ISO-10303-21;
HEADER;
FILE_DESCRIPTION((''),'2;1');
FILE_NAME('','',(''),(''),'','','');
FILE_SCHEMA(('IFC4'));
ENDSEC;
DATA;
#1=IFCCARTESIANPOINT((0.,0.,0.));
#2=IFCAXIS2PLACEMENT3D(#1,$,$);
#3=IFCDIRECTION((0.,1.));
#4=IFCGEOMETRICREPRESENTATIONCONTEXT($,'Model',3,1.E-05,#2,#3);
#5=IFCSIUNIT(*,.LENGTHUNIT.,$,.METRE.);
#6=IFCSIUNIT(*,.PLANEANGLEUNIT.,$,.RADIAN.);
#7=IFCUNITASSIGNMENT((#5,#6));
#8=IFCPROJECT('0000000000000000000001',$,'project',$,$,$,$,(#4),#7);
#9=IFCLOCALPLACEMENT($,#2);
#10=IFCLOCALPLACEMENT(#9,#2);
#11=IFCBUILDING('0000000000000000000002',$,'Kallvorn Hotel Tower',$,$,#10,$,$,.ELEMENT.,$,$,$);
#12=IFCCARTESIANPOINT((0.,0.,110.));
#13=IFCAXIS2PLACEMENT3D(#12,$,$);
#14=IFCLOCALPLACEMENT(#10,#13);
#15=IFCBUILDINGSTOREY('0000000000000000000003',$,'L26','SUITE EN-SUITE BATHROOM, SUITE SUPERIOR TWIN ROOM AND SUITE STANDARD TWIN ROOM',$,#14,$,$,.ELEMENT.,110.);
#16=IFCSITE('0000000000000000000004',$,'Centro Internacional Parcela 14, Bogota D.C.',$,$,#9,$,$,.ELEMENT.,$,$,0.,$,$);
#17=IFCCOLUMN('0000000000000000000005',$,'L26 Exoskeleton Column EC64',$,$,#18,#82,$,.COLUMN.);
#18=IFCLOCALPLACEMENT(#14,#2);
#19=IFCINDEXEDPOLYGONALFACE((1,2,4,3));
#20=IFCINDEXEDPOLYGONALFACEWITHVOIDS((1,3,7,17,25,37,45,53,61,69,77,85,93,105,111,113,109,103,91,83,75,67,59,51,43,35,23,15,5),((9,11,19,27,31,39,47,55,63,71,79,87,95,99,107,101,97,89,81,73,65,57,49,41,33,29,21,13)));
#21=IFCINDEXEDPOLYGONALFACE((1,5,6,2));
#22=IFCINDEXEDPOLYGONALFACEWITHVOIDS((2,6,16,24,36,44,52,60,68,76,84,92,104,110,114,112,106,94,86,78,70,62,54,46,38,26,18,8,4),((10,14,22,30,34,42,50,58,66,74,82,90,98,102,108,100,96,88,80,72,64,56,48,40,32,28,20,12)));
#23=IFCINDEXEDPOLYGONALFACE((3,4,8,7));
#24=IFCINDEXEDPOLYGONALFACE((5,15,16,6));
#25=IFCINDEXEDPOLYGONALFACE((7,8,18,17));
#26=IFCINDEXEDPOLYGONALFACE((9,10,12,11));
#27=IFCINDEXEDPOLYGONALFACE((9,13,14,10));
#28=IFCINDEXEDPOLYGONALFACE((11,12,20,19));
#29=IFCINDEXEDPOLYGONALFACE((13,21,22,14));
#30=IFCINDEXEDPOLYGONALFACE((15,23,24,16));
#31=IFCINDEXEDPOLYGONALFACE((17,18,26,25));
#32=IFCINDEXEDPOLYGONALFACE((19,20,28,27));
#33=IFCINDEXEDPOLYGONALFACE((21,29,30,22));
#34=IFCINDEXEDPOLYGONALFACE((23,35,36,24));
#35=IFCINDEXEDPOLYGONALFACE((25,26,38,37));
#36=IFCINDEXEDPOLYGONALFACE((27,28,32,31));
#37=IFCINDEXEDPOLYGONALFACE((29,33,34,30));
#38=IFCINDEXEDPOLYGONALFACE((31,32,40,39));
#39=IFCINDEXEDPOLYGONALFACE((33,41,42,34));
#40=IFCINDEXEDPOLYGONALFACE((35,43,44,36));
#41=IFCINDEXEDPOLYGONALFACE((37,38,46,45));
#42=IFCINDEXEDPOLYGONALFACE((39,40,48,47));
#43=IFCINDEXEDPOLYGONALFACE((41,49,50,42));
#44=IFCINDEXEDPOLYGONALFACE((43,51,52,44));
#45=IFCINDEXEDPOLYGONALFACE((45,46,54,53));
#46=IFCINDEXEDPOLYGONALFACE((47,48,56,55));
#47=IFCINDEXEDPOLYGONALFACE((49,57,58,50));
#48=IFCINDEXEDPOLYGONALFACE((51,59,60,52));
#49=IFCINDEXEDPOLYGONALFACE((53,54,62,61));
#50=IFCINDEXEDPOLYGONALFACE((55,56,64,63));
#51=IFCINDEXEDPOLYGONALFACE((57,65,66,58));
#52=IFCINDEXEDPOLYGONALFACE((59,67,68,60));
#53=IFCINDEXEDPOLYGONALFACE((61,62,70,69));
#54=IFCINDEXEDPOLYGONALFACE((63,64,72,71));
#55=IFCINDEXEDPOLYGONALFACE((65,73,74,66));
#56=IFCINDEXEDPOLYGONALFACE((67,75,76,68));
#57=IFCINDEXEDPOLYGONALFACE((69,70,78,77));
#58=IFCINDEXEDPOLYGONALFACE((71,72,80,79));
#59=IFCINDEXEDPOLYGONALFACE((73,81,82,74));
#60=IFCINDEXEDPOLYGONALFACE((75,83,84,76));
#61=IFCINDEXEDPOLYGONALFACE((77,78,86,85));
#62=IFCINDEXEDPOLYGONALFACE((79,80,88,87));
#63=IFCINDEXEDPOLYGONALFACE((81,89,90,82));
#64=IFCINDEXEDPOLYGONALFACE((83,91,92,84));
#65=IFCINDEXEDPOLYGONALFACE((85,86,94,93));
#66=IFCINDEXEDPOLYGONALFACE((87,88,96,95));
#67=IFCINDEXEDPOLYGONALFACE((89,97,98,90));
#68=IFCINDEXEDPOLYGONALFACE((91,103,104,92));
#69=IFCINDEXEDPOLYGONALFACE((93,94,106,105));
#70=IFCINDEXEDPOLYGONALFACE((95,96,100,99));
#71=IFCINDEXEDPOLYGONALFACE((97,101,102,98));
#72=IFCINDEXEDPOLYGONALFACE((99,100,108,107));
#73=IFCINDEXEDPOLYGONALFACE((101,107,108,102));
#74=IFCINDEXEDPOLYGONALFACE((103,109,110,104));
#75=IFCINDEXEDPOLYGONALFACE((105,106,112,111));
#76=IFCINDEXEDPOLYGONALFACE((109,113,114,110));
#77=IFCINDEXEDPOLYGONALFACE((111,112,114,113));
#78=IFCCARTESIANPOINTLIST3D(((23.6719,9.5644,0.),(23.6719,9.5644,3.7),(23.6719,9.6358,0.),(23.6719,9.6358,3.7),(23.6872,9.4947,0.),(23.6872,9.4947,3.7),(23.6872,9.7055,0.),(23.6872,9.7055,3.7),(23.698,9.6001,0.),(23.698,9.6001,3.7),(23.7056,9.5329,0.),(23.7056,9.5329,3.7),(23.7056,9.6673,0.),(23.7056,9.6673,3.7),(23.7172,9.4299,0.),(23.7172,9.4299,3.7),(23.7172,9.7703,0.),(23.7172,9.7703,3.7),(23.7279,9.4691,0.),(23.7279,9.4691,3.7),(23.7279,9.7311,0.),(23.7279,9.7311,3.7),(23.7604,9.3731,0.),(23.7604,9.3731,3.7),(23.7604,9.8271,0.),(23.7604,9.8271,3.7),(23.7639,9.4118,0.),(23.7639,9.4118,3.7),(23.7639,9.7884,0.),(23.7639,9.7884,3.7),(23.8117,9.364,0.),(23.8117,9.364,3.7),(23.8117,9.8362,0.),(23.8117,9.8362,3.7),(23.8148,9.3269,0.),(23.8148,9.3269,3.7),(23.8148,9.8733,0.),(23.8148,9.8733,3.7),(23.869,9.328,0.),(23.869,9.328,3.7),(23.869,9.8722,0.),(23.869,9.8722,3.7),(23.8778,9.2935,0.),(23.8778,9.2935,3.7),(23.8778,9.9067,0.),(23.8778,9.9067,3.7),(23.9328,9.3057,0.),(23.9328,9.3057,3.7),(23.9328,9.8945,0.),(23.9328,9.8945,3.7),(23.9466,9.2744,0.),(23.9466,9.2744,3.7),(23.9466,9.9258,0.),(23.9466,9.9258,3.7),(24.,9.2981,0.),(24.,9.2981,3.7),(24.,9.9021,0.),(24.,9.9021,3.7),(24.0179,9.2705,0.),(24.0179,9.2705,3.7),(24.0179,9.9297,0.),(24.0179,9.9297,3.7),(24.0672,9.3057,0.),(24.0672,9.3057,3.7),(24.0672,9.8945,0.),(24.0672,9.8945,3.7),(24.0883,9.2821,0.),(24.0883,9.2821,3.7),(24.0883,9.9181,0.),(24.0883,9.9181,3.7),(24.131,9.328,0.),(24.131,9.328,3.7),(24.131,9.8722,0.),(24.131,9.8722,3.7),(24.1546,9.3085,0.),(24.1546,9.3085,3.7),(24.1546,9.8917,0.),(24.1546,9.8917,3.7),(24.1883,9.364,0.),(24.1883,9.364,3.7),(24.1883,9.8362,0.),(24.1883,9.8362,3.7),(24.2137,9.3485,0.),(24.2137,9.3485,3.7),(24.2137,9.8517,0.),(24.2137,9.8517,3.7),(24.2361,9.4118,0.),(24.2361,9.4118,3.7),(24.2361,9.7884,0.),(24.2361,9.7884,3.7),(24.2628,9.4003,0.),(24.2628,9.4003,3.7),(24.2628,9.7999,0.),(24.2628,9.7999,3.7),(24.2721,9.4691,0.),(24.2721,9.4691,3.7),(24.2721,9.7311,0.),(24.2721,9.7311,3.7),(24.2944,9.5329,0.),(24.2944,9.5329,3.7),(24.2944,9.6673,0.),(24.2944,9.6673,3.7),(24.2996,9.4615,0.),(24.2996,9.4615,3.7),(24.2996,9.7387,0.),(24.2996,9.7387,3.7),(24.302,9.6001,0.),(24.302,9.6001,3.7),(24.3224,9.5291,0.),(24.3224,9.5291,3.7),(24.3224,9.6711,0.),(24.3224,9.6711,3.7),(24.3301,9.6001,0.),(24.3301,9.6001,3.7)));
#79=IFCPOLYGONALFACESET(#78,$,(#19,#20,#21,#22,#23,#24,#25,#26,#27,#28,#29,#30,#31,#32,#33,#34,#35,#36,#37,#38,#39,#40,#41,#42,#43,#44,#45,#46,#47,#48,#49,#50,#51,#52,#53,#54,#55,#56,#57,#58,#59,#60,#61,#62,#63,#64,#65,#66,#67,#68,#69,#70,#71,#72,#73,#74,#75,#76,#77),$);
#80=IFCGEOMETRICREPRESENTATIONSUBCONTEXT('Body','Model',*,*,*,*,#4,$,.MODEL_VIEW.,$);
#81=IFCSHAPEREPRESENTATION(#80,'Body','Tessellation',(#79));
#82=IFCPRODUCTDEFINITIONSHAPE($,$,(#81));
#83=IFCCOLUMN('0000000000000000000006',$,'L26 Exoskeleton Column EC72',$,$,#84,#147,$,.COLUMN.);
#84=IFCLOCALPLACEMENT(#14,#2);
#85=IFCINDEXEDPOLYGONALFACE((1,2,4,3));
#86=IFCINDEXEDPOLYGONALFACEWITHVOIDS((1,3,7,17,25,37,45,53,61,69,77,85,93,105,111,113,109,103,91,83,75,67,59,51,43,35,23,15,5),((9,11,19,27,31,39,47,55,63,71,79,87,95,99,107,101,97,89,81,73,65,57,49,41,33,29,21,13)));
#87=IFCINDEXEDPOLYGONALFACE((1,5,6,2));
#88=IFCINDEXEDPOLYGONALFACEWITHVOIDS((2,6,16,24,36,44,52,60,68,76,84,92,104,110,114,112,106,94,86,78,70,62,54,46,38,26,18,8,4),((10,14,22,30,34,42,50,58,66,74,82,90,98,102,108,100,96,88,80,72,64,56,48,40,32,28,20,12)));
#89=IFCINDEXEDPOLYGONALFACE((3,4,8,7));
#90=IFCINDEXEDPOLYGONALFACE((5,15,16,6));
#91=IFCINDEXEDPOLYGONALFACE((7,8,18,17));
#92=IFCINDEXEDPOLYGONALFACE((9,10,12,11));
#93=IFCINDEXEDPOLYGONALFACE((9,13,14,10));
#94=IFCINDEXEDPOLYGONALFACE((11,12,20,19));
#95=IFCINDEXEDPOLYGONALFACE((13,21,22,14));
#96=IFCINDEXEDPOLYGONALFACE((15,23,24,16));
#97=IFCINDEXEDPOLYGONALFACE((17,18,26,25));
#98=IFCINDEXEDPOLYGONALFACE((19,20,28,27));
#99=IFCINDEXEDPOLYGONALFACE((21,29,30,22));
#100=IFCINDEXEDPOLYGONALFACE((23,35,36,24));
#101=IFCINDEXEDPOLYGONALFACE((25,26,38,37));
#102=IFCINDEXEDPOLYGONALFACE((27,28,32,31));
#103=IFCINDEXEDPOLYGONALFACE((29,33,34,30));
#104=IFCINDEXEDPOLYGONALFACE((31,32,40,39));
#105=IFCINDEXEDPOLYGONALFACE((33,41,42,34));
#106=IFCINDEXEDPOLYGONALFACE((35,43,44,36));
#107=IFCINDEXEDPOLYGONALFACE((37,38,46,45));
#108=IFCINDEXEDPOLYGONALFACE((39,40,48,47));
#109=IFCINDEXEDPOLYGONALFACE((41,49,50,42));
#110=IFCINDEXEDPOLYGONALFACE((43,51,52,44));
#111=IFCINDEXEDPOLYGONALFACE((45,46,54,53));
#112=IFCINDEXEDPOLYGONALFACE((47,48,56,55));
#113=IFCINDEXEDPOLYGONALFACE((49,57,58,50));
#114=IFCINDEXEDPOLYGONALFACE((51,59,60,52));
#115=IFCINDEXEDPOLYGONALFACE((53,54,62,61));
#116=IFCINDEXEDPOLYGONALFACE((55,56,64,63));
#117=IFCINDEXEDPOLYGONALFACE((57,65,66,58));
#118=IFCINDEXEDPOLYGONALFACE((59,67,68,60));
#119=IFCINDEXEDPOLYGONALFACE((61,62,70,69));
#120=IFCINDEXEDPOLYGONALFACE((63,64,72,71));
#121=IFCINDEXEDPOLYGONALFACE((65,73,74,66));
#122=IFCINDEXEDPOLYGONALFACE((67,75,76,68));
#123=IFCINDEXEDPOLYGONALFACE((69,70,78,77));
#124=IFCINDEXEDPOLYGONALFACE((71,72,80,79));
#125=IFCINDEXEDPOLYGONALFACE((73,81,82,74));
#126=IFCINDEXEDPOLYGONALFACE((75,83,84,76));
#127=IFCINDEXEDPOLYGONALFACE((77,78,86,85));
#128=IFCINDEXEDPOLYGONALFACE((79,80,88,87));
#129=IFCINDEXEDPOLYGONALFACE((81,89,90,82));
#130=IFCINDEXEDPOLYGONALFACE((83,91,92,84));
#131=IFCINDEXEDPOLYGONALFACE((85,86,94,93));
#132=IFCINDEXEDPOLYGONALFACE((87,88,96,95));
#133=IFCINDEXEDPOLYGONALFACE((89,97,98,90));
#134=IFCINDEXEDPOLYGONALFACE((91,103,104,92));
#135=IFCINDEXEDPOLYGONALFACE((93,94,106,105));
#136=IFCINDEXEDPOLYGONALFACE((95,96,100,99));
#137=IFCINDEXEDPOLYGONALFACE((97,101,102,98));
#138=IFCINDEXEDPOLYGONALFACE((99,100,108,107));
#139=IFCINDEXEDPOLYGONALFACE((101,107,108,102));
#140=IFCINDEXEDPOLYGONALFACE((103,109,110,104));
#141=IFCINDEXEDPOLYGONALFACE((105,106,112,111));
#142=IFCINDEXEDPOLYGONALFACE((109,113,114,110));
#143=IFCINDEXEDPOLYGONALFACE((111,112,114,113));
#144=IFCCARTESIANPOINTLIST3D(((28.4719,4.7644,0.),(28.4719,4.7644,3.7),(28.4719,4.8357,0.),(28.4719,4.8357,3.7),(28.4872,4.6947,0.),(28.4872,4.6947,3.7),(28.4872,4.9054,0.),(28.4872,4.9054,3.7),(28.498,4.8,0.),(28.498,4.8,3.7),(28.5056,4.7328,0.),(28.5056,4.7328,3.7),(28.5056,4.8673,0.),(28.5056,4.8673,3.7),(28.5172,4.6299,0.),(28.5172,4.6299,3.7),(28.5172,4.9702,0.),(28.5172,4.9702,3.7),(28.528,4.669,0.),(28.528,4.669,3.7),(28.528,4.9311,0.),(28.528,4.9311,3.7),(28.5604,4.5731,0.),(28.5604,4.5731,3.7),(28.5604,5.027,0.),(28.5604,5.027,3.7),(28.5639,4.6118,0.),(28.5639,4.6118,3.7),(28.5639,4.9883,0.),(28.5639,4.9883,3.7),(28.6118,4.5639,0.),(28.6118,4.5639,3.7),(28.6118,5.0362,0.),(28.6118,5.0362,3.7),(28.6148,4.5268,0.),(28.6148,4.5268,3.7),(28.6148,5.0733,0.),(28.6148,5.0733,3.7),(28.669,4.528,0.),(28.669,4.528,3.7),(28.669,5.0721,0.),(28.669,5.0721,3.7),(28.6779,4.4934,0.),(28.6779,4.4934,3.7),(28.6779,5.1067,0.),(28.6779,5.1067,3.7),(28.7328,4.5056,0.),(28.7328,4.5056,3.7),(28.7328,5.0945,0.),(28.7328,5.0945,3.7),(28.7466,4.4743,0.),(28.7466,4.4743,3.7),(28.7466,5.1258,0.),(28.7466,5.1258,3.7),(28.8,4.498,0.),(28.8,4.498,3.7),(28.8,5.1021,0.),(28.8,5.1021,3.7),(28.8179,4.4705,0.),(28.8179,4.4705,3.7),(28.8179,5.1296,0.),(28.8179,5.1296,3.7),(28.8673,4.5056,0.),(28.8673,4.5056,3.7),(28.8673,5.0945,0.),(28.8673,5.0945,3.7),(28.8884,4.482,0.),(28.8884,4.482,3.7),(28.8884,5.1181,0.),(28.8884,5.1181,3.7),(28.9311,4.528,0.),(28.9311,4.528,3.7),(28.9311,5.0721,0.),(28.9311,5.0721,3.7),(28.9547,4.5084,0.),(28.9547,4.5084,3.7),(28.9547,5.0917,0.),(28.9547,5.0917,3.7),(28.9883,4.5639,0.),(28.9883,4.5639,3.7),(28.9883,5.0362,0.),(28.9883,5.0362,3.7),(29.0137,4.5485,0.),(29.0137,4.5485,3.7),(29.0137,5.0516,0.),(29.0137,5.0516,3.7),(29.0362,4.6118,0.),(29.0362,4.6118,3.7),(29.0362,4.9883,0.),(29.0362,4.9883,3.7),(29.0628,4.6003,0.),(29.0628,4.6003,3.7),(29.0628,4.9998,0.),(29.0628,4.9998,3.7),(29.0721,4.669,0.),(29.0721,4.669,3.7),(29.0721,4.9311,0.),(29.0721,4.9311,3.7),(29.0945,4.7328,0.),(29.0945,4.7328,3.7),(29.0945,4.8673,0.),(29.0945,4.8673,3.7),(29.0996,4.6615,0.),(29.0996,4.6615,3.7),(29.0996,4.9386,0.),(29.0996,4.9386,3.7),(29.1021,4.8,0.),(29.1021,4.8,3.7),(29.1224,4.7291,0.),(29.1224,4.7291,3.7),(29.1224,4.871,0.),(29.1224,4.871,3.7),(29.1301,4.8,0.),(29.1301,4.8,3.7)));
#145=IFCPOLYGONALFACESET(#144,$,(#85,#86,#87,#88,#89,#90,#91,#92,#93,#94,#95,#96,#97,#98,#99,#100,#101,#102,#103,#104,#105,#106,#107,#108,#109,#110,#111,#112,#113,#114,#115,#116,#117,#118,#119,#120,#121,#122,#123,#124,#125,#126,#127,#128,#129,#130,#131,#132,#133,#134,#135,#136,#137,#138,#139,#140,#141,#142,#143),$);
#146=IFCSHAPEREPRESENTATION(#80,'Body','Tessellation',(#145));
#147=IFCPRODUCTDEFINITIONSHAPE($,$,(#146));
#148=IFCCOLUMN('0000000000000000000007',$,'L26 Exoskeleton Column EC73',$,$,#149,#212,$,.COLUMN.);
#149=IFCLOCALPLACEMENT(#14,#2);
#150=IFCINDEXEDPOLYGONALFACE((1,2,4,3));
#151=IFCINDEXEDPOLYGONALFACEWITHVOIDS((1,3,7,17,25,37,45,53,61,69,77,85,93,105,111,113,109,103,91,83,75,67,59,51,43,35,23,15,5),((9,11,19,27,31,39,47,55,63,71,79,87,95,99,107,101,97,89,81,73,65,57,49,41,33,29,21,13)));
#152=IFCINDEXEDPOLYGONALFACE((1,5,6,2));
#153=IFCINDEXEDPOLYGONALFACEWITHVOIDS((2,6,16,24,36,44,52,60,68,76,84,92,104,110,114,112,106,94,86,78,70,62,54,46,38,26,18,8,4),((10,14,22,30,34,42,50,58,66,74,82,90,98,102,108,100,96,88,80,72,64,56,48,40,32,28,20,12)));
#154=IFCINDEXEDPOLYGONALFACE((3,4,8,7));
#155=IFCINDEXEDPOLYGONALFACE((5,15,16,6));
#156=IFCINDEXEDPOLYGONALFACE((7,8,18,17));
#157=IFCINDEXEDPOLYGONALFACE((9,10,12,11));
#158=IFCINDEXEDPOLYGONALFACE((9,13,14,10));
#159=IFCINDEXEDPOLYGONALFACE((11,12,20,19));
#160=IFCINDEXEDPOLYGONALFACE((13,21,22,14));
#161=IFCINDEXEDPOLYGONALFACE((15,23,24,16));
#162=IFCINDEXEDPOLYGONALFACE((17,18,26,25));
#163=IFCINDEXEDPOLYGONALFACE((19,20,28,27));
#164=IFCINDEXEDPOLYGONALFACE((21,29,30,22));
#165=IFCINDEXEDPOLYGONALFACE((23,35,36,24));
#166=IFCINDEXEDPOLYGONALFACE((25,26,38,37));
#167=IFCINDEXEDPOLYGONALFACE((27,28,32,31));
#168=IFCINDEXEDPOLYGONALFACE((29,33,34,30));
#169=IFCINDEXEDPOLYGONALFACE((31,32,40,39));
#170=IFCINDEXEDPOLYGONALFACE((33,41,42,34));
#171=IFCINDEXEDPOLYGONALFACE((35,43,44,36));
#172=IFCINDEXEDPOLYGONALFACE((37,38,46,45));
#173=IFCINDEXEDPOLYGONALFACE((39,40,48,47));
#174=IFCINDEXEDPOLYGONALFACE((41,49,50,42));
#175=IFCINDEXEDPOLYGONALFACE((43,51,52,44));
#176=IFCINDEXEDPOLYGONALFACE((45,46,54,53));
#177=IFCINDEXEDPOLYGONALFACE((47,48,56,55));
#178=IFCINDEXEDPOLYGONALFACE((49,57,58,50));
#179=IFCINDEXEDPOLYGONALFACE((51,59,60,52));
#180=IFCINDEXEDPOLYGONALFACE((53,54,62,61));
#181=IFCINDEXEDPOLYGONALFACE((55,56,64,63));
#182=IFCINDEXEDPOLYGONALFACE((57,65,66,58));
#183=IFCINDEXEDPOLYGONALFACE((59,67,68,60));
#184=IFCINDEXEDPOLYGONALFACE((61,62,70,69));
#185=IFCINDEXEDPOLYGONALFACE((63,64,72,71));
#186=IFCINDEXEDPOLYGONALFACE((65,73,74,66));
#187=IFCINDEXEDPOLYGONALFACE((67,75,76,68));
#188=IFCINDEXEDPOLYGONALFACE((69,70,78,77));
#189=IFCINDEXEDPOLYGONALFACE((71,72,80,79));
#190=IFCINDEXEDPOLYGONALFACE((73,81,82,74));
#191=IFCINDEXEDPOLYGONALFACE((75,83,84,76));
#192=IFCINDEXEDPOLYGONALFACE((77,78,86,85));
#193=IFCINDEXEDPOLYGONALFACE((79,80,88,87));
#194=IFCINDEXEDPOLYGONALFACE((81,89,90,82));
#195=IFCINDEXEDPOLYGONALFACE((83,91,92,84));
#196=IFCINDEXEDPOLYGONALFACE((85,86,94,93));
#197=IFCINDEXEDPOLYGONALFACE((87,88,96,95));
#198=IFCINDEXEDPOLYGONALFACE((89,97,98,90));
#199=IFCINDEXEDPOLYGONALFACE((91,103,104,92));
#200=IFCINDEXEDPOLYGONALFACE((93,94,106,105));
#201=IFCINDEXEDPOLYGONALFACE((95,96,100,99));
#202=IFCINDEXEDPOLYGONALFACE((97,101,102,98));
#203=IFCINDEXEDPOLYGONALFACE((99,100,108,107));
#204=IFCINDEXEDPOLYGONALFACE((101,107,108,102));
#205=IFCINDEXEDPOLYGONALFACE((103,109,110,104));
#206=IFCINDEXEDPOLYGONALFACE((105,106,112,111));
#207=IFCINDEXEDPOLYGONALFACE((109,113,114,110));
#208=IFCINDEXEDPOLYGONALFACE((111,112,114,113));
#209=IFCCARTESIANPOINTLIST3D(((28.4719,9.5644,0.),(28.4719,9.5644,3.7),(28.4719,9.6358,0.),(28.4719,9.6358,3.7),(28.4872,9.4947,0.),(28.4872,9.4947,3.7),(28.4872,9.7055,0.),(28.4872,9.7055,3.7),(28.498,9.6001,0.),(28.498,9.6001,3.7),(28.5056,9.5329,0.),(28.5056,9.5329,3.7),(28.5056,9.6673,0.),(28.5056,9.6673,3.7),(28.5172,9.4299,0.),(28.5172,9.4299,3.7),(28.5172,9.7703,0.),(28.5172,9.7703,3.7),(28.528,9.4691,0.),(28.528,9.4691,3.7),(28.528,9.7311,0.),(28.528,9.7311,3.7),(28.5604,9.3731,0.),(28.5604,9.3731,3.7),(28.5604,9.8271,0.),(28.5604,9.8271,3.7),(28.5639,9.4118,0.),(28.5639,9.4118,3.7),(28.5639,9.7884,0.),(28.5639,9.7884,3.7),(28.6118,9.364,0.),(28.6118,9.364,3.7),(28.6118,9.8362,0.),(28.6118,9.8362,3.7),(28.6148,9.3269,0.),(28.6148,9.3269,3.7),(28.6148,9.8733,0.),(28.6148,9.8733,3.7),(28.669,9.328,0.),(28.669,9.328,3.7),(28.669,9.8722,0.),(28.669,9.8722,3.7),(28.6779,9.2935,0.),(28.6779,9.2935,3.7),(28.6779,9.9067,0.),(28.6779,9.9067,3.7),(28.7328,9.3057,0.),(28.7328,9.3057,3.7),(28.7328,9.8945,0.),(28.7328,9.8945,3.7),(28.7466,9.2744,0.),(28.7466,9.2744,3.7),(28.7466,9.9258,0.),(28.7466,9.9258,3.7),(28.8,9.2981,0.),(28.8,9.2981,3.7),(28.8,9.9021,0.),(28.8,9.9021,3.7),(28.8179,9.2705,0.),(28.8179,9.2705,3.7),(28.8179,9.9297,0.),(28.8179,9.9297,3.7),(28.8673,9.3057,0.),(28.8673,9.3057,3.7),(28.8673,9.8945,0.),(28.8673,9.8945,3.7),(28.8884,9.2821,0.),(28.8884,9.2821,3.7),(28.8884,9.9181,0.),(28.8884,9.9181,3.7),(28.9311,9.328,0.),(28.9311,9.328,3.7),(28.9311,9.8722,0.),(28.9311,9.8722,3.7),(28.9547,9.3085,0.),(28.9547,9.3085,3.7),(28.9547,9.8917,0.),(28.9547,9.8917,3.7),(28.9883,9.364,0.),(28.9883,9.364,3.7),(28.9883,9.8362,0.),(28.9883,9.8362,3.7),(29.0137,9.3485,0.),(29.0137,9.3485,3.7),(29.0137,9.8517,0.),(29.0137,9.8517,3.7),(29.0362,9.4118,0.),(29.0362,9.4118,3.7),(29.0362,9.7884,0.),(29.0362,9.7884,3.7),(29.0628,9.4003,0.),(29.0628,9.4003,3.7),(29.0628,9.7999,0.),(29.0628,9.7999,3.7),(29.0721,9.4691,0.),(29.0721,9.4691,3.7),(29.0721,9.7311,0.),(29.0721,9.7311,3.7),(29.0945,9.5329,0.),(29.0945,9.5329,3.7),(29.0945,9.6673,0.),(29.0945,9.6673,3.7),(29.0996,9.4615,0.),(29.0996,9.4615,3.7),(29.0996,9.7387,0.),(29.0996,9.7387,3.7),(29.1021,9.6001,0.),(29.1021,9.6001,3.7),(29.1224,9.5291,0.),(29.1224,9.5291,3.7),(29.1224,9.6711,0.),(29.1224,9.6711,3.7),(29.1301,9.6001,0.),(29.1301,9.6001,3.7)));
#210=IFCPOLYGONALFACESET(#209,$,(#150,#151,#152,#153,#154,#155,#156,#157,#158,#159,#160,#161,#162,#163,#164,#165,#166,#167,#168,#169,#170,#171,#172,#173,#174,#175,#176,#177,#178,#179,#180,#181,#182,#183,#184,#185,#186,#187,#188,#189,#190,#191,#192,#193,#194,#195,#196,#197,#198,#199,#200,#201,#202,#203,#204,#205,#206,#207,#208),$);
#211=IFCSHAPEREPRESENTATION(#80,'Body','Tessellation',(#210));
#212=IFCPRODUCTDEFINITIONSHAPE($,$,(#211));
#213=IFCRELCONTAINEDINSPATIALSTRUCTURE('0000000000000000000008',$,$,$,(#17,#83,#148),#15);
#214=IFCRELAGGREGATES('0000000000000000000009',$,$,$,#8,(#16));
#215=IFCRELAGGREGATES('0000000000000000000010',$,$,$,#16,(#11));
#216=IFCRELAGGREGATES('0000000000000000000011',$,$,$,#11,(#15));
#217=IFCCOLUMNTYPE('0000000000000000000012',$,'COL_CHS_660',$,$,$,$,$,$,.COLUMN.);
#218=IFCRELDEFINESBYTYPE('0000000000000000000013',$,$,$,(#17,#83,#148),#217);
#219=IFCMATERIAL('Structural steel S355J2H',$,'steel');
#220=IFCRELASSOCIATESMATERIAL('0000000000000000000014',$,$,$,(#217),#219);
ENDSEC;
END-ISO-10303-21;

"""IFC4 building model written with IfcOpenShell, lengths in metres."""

from ifc_helpers import new_model, si_unit, direction, frame, origin, origin_2d, place, context, subcontext, project, spatial, hollow_circle, extrude, material, material_profile, profile_set, type_object, element, save


model = new_model("IFC4")

# Units and contexts
model_context = context("Model", 3, precision=1e-05, world=origin(), true_north=direction((0.0, 1.0)))
body_context = subcontext(model_context, "Body", "Model", "MODEL_VIEW")
ifc_project = project(units=[si_unit("LENGTHUNIT", "METRE"), si_unit("PLANEANGLEUNIT", "RADIAN")], contexts=[model_context])

# Site, building, storey
site_placement = place(None, origin())
site = spatial("IfcSite", under=ifc_project, at=site_placement, Name="Centro Internacional Parcela 14, Bogota D.C.", CompositionType="ELEMENT", RefElevation=0.0)
building_placement = place(site_placement, origin())
building = spatial("IfcBuilding", under=site, at=building_placement, Name="Kallvorn Hotel Tower", CompositionType="ELEMENT")
storey_placement = place(building_placement, frame((0.0, 0.0, 110.0)))
storey = spatial("IfcBuildingStorey", under=building, at=storey_placement, Name="L26", Description="SUITE EN-SUITE BATHROOM, SUITE SUPERIOR TWIN ROOM AND SUITE STANDARD TWIN ROOM", CompositionType="ELEMENT", Elevation=110.0)

# Columns
ifc_material_1 = material(Name="Structural steel S355J2H", Category="steel")
ifc_material_profile_1 = material_profile(ifc_material_1, hollow_circle(Radius=0.3301, WallThickness=0.0281, at=origin_2d()), Name="CHS 660x28")
ifc_profile_set_1 = profile_set([ifc_material_profile_1], Name="Structural steel S355J2H")
column_type_1 = type_object("IfcColumnType", Name="COL_CHS_660", PredefinedType="COLUMN", material=ifc_profile_set_1)
for number, where, z_axis, x_axis, name in (
    (1, (24.0, 9.6001, 0.0), (0.0, 0.0, 1.0), (1.0, 0.0, 0.0), "L26 Exoskeleton Column EC64"),
    (2, (28.8, 4.8, 0.0), (0.0, 0.0, 1.0), (1.0, 0.0, 0.0), "L26 Exoskeleton Column EC72"),
    (3, (28.8, 9.6001, 0.0), (0.0, 0.0, 1.0), (1.0, 0.0, 0.0), "L26 Exoskeleton Column EC73"),
):
    element("IfcColumn", number, at=place(storey_placement, frame(where, z_axis=z_axis, x_axis=x_axis)), inside=storey, type_object=column_type_1, Name=name, PredefinedType="COLUMN", context=body_context, shape_type="SweptSolid", body=[
        extrude(hollow_circle(Radius=0.3301, WallThickness=0.0281, at=origin_2d()), origin(), (0.0, 0.0, 1.0), 3.7),
    ])

save(model, "model.ifc")
